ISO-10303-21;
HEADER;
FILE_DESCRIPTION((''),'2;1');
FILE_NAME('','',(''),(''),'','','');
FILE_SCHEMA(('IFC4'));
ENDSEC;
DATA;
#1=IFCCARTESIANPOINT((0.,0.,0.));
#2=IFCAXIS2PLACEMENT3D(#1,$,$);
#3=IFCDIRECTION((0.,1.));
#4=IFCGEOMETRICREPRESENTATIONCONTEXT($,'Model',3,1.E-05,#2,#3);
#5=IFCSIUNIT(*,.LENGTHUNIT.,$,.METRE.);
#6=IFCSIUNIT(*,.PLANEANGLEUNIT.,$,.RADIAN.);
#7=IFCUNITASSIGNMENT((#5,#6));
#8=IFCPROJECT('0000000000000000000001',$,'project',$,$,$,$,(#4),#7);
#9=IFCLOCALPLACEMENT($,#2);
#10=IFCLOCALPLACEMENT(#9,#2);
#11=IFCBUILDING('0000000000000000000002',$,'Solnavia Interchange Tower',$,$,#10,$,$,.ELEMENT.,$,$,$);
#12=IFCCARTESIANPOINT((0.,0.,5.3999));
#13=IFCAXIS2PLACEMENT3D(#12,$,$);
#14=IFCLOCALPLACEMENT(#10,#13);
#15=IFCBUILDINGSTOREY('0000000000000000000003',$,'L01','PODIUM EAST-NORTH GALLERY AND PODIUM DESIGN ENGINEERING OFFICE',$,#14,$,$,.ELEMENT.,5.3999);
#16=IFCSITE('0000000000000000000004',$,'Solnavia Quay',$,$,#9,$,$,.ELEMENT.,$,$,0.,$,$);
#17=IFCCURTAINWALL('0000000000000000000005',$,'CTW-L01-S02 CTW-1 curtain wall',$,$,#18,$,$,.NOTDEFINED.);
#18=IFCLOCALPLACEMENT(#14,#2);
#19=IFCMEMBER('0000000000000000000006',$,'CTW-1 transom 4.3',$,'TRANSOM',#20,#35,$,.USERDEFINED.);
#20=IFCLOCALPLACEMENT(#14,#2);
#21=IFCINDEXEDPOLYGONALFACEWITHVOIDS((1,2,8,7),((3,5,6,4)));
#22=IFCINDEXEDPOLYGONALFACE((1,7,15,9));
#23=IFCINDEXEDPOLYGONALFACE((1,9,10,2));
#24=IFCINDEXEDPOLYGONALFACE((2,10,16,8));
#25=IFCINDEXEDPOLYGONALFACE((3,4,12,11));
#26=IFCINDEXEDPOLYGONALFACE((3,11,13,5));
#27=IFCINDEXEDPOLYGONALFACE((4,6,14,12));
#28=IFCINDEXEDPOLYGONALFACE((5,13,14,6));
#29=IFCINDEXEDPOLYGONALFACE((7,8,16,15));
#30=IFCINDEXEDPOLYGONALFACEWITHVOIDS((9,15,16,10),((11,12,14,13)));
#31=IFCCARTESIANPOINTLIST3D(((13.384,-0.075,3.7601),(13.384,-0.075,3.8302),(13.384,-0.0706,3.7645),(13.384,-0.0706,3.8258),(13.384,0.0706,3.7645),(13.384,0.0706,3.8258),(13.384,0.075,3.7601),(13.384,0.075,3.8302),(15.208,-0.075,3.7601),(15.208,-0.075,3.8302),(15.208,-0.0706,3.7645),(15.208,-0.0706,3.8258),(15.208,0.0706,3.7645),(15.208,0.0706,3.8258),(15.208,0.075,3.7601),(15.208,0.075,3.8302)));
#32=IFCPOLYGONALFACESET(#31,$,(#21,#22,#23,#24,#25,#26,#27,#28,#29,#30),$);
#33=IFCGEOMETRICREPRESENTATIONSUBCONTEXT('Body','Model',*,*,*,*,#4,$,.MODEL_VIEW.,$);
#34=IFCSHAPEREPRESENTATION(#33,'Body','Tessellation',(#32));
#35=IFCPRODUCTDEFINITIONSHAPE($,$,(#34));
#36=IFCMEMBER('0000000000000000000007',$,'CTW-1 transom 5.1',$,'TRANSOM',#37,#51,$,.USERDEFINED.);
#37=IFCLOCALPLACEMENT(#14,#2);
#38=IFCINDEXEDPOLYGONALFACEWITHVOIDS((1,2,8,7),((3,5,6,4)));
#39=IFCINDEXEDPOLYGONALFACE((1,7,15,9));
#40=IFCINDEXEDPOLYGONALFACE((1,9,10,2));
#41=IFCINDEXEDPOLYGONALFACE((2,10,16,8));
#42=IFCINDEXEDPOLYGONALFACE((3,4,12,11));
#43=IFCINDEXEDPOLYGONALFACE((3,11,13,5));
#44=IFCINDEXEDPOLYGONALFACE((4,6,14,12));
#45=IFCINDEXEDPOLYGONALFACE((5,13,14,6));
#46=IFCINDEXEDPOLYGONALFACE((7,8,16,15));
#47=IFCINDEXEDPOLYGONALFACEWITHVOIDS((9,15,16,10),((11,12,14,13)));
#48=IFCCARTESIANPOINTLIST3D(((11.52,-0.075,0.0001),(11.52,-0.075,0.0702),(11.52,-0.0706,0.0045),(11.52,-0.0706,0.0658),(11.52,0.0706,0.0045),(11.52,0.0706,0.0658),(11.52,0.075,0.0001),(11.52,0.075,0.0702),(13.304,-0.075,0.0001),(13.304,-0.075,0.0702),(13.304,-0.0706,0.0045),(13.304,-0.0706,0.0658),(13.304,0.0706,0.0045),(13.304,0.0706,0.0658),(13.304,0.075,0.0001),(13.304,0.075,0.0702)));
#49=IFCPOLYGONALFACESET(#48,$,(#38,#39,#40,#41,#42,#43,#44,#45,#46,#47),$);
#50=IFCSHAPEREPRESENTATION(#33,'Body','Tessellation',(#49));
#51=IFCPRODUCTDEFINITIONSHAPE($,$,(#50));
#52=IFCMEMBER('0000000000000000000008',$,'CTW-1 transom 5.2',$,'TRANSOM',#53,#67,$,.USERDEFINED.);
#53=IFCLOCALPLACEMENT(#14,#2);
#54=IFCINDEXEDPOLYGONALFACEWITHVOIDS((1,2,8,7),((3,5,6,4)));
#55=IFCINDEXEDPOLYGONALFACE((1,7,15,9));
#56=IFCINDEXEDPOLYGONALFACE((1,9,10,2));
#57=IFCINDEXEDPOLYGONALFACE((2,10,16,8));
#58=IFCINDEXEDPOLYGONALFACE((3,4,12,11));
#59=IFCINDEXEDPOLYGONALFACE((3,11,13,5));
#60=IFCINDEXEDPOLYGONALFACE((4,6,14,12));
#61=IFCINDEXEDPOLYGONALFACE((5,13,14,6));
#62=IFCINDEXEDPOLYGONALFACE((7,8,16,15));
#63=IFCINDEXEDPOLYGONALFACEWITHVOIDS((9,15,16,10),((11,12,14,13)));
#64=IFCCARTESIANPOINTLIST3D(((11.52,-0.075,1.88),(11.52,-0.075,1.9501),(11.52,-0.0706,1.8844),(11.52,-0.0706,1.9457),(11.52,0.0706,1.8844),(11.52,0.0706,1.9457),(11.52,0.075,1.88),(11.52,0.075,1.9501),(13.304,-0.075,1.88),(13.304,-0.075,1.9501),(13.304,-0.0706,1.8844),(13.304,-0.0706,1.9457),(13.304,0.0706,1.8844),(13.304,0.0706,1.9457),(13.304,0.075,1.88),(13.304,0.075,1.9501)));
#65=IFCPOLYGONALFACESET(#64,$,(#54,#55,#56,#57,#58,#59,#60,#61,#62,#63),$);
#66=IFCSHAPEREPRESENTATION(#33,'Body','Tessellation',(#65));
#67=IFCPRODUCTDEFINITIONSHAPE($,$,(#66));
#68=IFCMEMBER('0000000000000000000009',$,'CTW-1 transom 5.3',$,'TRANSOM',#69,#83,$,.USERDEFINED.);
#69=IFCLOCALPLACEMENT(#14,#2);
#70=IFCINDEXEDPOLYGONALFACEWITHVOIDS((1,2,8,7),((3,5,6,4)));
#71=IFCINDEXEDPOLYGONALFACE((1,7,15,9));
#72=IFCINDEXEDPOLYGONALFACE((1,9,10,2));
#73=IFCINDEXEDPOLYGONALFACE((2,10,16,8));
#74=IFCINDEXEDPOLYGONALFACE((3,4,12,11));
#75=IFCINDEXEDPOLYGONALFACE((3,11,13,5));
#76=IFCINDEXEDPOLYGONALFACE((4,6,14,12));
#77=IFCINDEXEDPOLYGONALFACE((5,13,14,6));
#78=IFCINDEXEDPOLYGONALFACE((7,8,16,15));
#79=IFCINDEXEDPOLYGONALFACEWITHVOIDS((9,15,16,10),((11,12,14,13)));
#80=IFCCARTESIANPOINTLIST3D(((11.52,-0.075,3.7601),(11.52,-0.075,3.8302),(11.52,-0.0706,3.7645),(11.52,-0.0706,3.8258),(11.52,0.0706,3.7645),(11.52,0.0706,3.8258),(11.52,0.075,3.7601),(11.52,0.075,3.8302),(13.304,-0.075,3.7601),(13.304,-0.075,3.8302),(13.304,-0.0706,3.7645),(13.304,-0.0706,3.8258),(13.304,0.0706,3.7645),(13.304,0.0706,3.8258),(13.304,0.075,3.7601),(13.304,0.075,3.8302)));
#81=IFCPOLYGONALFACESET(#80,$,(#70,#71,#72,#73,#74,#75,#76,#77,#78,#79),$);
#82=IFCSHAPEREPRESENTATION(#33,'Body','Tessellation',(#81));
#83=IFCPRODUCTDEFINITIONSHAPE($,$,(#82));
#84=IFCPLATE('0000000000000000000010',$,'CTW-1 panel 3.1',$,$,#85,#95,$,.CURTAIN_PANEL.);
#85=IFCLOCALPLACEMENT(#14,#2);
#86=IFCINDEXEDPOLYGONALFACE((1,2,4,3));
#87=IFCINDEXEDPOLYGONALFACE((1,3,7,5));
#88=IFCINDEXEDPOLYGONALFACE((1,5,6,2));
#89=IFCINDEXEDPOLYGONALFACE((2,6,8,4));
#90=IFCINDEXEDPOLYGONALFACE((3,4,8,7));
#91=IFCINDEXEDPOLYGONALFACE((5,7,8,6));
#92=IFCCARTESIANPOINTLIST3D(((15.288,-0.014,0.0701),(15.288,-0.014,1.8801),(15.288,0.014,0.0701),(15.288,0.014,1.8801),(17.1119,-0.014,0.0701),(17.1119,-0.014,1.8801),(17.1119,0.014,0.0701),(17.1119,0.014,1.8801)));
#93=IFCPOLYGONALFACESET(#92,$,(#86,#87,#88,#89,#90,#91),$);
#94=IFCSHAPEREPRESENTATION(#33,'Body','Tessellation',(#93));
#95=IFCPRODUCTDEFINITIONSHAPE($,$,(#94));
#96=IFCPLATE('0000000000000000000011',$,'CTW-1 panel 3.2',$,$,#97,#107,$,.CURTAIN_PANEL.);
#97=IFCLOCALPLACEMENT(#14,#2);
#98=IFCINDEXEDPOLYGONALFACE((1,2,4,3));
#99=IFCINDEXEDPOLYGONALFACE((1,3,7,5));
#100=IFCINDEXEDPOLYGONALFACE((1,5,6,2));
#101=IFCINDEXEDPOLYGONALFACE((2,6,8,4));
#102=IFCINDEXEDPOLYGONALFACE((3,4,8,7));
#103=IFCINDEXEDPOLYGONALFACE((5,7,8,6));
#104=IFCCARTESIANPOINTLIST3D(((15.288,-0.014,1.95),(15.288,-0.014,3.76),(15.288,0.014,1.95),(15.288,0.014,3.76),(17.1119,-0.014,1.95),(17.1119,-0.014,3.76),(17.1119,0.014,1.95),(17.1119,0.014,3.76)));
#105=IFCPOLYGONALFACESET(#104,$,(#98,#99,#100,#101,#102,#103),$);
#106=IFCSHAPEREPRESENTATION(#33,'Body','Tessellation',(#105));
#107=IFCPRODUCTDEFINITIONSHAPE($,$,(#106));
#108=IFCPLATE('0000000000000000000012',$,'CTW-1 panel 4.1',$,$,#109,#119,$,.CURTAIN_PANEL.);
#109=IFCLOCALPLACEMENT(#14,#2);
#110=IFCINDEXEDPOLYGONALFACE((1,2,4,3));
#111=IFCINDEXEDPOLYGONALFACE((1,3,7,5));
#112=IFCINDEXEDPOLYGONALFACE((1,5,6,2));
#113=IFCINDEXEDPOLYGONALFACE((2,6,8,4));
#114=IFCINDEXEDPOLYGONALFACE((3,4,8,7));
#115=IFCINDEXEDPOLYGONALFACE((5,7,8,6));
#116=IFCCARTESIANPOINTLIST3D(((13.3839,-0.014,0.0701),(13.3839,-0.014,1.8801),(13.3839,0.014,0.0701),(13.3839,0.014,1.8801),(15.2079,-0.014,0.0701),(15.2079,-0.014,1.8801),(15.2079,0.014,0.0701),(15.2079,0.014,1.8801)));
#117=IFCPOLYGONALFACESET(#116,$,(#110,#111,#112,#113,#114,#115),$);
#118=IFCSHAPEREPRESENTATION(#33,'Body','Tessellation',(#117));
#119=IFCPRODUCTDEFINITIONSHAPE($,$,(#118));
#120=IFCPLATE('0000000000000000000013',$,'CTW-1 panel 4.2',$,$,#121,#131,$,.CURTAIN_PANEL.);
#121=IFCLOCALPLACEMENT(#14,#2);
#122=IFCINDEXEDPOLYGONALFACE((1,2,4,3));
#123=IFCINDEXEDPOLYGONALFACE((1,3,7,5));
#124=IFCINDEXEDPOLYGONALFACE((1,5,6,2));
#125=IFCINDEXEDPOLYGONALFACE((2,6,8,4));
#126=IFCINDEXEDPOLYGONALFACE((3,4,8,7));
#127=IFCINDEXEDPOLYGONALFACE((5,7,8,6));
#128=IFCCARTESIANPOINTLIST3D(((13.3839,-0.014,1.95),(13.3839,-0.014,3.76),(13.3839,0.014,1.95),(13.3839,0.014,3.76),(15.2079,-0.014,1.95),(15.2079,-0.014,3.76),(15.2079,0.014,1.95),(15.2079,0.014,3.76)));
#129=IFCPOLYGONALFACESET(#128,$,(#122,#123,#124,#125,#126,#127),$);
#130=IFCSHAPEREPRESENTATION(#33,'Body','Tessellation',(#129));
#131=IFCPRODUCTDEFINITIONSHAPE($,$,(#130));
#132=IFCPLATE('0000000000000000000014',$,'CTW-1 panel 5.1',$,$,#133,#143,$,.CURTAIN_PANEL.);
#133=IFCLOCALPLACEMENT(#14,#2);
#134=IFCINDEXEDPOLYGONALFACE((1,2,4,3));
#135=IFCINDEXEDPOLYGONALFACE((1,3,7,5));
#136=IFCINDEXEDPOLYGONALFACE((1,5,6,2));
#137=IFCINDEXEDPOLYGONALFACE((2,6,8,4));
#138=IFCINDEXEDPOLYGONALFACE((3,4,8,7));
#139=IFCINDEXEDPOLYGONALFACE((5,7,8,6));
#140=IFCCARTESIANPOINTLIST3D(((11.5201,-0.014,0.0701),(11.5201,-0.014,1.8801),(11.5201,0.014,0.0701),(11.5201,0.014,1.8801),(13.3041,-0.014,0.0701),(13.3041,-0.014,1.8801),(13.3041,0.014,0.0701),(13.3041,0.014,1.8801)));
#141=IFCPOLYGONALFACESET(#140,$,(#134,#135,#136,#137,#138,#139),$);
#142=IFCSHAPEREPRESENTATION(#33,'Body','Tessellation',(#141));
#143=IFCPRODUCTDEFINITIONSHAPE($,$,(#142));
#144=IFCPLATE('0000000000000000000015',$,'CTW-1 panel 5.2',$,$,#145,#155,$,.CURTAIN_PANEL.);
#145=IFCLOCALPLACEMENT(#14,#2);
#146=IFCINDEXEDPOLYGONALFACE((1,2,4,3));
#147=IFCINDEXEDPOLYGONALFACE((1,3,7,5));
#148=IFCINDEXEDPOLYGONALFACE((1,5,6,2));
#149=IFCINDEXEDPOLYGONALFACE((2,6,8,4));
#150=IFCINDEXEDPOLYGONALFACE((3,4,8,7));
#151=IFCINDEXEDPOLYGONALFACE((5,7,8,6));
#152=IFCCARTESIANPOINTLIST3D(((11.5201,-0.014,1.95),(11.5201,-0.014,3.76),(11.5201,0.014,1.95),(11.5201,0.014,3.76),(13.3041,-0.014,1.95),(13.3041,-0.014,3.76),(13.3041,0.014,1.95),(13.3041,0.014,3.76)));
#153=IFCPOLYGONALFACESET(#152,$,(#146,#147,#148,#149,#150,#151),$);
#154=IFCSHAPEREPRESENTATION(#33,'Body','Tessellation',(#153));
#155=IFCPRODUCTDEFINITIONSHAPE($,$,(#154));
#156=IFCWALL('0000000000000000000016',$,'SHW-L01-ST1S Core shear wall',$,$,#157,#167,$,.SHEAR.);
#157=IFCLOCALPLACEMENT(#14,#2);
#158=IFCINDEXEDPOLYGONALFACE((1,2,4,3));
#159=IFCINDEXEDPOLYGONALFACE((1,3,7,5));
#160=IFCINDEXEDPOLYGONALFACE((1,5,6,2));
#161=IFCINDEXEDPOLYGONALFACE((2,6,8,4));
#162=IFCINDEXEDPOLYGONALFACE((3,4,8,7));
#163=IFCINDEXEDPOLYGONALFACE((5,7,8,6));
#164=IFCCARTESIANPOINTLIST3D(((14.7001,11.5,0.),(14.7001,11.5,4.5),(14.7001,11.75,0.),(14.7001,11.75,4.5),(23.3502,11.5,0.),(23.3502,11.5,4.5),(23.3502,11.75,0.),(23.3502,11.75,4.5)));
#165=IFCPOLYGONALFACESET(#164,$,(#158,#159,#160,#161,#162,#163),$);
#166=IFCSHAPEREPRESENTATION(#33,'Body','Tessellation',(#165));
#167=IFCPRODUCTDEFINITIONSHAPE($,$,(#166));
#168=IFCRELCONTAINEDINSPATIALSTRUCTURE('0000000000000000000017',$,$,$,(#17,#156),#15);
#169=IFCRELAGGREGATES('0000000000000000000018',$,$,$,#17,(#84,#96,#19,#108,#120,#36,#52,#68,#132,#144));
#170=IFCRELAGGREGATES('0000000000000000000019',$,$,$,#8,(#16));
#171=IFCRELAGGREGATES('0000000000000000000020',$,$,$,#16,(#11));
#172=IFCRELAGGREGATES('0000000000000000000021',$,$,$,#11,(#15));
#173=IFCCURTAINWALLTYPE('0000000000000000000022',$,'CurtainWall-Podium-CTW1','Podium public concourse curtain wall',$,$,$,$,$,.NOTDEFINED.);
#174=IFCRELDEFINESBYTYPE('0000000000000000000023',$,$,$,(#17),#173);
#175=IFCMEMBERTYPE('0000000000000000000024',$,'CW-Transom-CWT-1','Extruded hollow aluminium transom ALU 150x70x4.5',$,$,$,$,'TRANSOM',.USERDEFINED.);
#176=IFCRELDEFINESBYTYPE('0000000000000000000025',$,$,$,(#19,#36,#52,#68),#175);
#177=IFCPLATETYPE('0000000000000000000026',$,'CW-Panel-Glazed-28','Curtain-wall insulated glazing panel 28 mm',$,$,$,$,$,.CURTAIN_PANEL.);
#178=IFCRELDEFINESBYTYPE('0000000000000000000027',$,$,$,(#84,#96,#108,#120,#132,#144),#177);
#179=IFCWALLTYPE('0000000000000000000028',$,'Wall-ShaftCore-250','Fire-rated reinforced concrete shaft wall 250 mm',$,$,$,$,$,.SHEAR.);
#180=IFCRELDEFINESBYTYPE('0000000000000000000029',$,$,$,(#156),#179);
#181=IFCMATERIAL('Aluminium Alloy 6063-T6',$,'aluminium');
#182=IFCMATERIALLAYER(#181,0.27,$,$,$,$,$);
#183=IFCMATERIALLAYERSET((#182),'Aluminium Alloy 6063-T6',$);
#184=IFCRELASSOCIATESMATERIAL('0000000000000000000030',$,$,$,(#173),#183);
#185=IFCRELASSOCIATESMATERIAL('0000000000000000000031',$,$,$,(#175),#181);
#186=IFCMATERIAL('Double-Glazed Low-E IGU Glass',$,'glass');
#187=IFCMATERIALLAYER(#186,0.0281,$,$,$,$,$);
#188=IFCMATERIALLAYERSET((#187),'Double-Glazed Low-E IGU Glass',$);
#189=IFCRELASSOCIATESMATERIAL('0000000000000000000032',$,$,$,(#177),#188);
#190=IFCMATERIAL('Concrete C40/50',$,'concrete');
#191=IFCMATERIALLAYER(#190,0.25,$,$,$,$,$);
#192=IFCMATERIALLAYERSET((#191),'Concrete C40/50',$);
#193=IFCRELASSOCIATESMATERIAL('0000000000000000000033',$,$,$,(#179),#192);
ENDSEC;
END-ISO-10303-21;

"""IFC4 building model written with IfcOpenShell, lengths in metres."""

from ifc_helpers import new_model, si_unit, direction, frame, frame_2d, origin, origin_2d, place, context, subcontext, project, spatial, rectangle, hollow_rectangle, extrude, material, layer, layer_set, material_profile, profile_set, type_object, element, aggregate, save


model = new_model("IFC4")

# Units and contexts
model_context = context("Model", 3, precision=1e-05, world=origin(), true_north=direction((0.0, 1.0)))
body_context = subcontext(model_context, "Body", "Model", "MODEL_VIEW")
ifc_project = project(units=[si_unit("LENGTHUNIT", "METRE"), si_unit("PLANEANGLEUNIT", "RADIAN")], contexts=[model_context])

# Site, building, storey
site_placement = place(None, origin())
site = spatial("IfcSite", under=ifc_project, at=site_placement, Name="Solnavia Quay", CompositionType="ELEMENT", RefElevation=0.0)
building_placement = place(site_placement, origin())
building = spatial("IfcBuilding", under=site, at=building_placement, Name="Solnavia Interchange Tower", CompositionType="ELEMENT")
storey_placement = place(building_placement, frame((0.0, 0.0, 5.3999)))
storey = spatial("IfcBuildingStorey", under=building, at=storey_placement, Name="L01", Description="PODIUM EAST-NORTH GALLERY AND PODIUM DESIGN ENGINEERING OFFICE", CompositionType="ELEMENT", Elevation=5.3999)

# Curtain wall, members, plates
ifc_material_1 = material(Name="Aluminium Alloy 6063-T6", Category="aluminium")
ifc_layer_1 = layer(ifc_material_1, 0.27)
ifc_layer_set_1 = layer_set([ifc_layer_1], Name="Aluminium Alloy 6063-T6")
curtain_wall_type = type_object("IfcCurtainWallType", Name="CurtainWall-Podium-CTW1", Description="Podium public concourse curtain wall", PredefinedType="NOTDEFINED", material=ifc_layer_set_1)
curtain_wall_placement = place(storey_placement, origin())
curtain_wall = element("IfcCurtainWall", 1, at=curtain_wall_placement, inside=storey, type_object=curtain_wall_type, Name="CTW-L01-S02 CTW-1 curtain wall", PredefinedType="NOTDEFINED")
ifc_material_profile_1 = material_profile(ifc_material_1, hollow_rectangle(XDim=0.0701, YDim=0.1499, WallThickness=0.0044, at=origin_2d()), Name="ALU 150x70x4.5")
ifc_profile_set_1 = profile_set([ifc_material_profile_1], Name="Aluminium Alloy 6063-T6")
member_type_1 = type_object("IfcMemberType", Name="CW-Transom-CWT-1", Description="Extruded hollow aluminium transom ALU 150x70x4.5", ElementType="TRANSOM", PredefinedType="USERDEFINED", material=ifc_profile_set_1)
member_1_placement = place(storey_placement, frame((15.208, 0.0, 3.7952), z_axis=(-1.0, 0.0, 0.0), x_axis=(0.0, 0.0, 1.0)))
member_1 = element("IfcMember", 2, at=member_1_placement, type_object=member_type_1, Name="CTW-1 transom 4.3", ObjectType="TRANSOM", PredefinedType="USERDEFINED", context=body_context, shape_type="SweptSolid", body=[
    extrude(hollow_rectangle(XDim=0.0701, YDim=0.1499, WallThickness=0.0044, at=origin_2d()), origin(), (0.0, 0.0, 1.0), 1.824),
])
member_2_placement = place(storey_placement, frame((13.304, 0.0, 0.0352), z_axis=(-1.0, 0.0, 0.0), x_axis=(0.0, 0.0, 1.0)))
member_2 = element("IfcMember", 3, at=member_2_placement, type_object=member_type_1, Name="CTW-1 transom 5.1", ObjectType="TRANSOM", PredefinedType="USERDEFINED", context=body_context, shape_type="SweptSolid", body=[
    extrude(hollow_rectangle(XDim=0.0701, YDim=0.1499, WallThickness=0.0044, at=origin_2d()), origin(), (0.0, 0.0, 1.0), 1.7839),
])
member_3_placement = place(storey_placement, frame((13.304, 0.0, 1.915), z_axis=(-1.0, 0.0, 0.0), x_axis=(0.0, 0.0, 1.0)))
member_3 = element("IfcMember", 4, at=member_3_placement, type_object=member_type_1, Name="CTW-1 transom 5.2", ObjectType="TRANSOM", PredefinedType="USERDEFINED", context=body_context, shape_type="SweptSolid", body=[
    extrude(hollow_rectangle(XDim=0.0701, YDim=0.1499, WallThickness=0.0044, at=origin_2d()), origin(), (0.0, 0.0, 1.0), 1.7839),
])
member_4_placement = place(storey_placement, frame((13.304, 0.0, 3.7952), z_axis=(-1.0, 0.0, 0.0), x_axis=(0.0, 0.0, 1.0)))
member_4 = element("IfcMember", 5, at=member_4_placement, type_object=member_type_1, Name="CTW-1 transom 5.3", ObjectType="TRANSOM", PredefinedType="USERDEFINED", context=body_context, shape_type="SweptSolid", body=[
    extrude(hollow_rectangle(XDim=0.0701, YDim=0.1499, WallThickness=0.0044, at=origin_2d()), origin(), (0.0, 0.0, 1.0), 1.7839),
])
ifc_material_2 = material(Name="Double-Glazed Low-E IGU Glass", Category="glass")
ifc_layer_2 = layer(ifc_material_2, 0.0281)
ifc_layer_set_2 = layer_set([ifc_layer_2], Name="Double-Glazed Low-E IGU Glass")
plate_type = type_object("IfcPlateType", Name="CW-Panel-Glazed-28", Description="Curtain-wall insulated glazing panel 28 mm", PredefinedType="CURTAIN_PANEL", material=ifc_layer_set_2)
plate_1_placement = place(storey_placement, frame((16.2, 0.0, 0.0701), z_axis=(0.0, 0.0, 1.0), x_axis=(-1.0, 0.0, 0.0)))
plate_1 = element("IfcPlate", 6, at=plate_1_placement, type_object=plate_type, Name="CTW-1 panel 3.1", PredefinedType="CURTAIN_PANEL", context=body_context, shape_type="SweptSolid", body=[
    extrude(rectangle(XDim=1.824, YDim=0.0281, at=origin_2d()), origin(), (0.0, 0.0, 1.0), 1.8101),
])
plate_2_placement = place(storey_placement, frame((16.2, 0.0, 1.95), z_axis=(0.0, 0.0, 1.0), x_axis=(-1.0, 0.0, 0.0)))
plate_2 = element("IfcPlate", 7, at=plate_2_placement, type_object=plate_type, Name="CTW-1 panel 3.2", PredefinedType="CURTAIN_PANEL", context=body_context, shape_type="SweptSolid", body=[
    extrude(rectangle(XDim=1.824, YDim=0.0281, at=origin_2d()), origin(), (0.0, 0.0, 1.0), 1.8101),
])
plate_3_placement = place(storey_placement, frame((14.2959, 0.0, 0.0701), z_axis=(0.0, 0.0, 1.0), x_axis=(-1.0, 0.0, 0.0)))
plate_3 = element("IfcPlate", 8, at=plate_3_placement, type_object=plate_type, Name="CTW-1 panel 4.1", PredefinedType="CURTAIN_PANEL", context=body_context, shape_type="SweptSolid", body=[
    extrude(rectangle(XDim=1.824, YDim=0.0281, at=origin_2d()), origin(), (0.0, 0.0, 1.0), 1.8101),
])
plate_4_placement = place(storey_placement, frame((14.2959, 0.0, 1.95), z_axis=(0.0, 0.0, 1.0), x_axis=(-1.0, 0.0, 0.0)))
plate_4 = element("IfcPlate", 9, at=plate_4_placement, type_object=plate_type, Name="CTW-1 panel 4.2", PredefinedType="CURTAIN_PANEL", context=body_context, shape_type="SweptSolid", body=[
    extrude(rectangle(XDim=1.824, YDim=0.0281, at=origin_2d()), origin(), (0.0, 0.0, 1.0), 1.8101),
])
plate_5_placement = place(storey_placement, frame((12.4121, 0.0, 0.0701), z_axis=(0.0, 0.0, 1.0), x_axis=(-1.0, 0.0, 0.0)))
plate_5 = element("IfcPlate", 10, at=plate_5_placement, type_object=plate_type, Name="CTW-1 panel 5.1", PredefinedType="CURTAIN_PANEL", context=body_context, shape_type="SweptSolid", body=[
    extrude(rectangle(XDim=1.7839, YDim=0.0281, at=origin_2d()), origin(), (0.0, 0.0, 1.0), 1.8101),
])
plate_6_placement = place(storey_placement, frame((12.4121, 0.0, 1.95), z_axis=(0.0, 0.0, 1.0), x_axis=(-1.0, 0.0, 0.0)))
plate_6 = element("IfcPlate", 11, at=plate_6_placement, type_object=plate_type, Name="CTW-1 panel 5.2", PredefinedType="CURTAIN_PANEL", context=body_context, shape_type="SweptSolid", body=[
    extrude(rectangle(XDim=1.7839, YDim=0.0281, at=origin_2d()), origin(), (0.0, 0.0, 1.0), 1.8101),
])
aggregate(curtain_wall, [plate_1, plate_2, member_1, plate_3, plate_4, member_2, member_3, member_4, plate_5, plate_6])

# Wall
ifc_material_3 = material(Name="Concrete C40/50", Category="concrete")
ifc_layer_3 = layer(ifc_material_3, 0.25)
ifc_layer_set_3 = layer_set([ifc_layer_3], Name="Concrete C40/50")
wall_type_1 = type_object("IfcWallType", Name="Wall-ShaftCore-250", Description="Fire-rated reinforced concrete shaft wall 250 mm", PredefinedType="SHEAR", material=ifc_layer_set_3)
wall_1_placement = place(storey_placement, frame((14.7, 11.625, 0.0), z_axis=(0.0, 0.0, 1.0), x_axis=(1.0, 0.0, 0.0)))
element("IfcWall", 12, at=wall_1_placement, inside=storey, type_object=wall_type_1, Name="SHW-L01-ST1S Core shear wall", PredefinedType="SHEAR", context=body_context, shape_type="SweptSolid", body=[
    extrude(rectangle(XDim=8.6501, YDim=0.25, at=frame_2d((4.3252, 0.0))), origin(), (0.0, 0.0, 1.0), 4.5),
])

save(model, "model.ifc")
